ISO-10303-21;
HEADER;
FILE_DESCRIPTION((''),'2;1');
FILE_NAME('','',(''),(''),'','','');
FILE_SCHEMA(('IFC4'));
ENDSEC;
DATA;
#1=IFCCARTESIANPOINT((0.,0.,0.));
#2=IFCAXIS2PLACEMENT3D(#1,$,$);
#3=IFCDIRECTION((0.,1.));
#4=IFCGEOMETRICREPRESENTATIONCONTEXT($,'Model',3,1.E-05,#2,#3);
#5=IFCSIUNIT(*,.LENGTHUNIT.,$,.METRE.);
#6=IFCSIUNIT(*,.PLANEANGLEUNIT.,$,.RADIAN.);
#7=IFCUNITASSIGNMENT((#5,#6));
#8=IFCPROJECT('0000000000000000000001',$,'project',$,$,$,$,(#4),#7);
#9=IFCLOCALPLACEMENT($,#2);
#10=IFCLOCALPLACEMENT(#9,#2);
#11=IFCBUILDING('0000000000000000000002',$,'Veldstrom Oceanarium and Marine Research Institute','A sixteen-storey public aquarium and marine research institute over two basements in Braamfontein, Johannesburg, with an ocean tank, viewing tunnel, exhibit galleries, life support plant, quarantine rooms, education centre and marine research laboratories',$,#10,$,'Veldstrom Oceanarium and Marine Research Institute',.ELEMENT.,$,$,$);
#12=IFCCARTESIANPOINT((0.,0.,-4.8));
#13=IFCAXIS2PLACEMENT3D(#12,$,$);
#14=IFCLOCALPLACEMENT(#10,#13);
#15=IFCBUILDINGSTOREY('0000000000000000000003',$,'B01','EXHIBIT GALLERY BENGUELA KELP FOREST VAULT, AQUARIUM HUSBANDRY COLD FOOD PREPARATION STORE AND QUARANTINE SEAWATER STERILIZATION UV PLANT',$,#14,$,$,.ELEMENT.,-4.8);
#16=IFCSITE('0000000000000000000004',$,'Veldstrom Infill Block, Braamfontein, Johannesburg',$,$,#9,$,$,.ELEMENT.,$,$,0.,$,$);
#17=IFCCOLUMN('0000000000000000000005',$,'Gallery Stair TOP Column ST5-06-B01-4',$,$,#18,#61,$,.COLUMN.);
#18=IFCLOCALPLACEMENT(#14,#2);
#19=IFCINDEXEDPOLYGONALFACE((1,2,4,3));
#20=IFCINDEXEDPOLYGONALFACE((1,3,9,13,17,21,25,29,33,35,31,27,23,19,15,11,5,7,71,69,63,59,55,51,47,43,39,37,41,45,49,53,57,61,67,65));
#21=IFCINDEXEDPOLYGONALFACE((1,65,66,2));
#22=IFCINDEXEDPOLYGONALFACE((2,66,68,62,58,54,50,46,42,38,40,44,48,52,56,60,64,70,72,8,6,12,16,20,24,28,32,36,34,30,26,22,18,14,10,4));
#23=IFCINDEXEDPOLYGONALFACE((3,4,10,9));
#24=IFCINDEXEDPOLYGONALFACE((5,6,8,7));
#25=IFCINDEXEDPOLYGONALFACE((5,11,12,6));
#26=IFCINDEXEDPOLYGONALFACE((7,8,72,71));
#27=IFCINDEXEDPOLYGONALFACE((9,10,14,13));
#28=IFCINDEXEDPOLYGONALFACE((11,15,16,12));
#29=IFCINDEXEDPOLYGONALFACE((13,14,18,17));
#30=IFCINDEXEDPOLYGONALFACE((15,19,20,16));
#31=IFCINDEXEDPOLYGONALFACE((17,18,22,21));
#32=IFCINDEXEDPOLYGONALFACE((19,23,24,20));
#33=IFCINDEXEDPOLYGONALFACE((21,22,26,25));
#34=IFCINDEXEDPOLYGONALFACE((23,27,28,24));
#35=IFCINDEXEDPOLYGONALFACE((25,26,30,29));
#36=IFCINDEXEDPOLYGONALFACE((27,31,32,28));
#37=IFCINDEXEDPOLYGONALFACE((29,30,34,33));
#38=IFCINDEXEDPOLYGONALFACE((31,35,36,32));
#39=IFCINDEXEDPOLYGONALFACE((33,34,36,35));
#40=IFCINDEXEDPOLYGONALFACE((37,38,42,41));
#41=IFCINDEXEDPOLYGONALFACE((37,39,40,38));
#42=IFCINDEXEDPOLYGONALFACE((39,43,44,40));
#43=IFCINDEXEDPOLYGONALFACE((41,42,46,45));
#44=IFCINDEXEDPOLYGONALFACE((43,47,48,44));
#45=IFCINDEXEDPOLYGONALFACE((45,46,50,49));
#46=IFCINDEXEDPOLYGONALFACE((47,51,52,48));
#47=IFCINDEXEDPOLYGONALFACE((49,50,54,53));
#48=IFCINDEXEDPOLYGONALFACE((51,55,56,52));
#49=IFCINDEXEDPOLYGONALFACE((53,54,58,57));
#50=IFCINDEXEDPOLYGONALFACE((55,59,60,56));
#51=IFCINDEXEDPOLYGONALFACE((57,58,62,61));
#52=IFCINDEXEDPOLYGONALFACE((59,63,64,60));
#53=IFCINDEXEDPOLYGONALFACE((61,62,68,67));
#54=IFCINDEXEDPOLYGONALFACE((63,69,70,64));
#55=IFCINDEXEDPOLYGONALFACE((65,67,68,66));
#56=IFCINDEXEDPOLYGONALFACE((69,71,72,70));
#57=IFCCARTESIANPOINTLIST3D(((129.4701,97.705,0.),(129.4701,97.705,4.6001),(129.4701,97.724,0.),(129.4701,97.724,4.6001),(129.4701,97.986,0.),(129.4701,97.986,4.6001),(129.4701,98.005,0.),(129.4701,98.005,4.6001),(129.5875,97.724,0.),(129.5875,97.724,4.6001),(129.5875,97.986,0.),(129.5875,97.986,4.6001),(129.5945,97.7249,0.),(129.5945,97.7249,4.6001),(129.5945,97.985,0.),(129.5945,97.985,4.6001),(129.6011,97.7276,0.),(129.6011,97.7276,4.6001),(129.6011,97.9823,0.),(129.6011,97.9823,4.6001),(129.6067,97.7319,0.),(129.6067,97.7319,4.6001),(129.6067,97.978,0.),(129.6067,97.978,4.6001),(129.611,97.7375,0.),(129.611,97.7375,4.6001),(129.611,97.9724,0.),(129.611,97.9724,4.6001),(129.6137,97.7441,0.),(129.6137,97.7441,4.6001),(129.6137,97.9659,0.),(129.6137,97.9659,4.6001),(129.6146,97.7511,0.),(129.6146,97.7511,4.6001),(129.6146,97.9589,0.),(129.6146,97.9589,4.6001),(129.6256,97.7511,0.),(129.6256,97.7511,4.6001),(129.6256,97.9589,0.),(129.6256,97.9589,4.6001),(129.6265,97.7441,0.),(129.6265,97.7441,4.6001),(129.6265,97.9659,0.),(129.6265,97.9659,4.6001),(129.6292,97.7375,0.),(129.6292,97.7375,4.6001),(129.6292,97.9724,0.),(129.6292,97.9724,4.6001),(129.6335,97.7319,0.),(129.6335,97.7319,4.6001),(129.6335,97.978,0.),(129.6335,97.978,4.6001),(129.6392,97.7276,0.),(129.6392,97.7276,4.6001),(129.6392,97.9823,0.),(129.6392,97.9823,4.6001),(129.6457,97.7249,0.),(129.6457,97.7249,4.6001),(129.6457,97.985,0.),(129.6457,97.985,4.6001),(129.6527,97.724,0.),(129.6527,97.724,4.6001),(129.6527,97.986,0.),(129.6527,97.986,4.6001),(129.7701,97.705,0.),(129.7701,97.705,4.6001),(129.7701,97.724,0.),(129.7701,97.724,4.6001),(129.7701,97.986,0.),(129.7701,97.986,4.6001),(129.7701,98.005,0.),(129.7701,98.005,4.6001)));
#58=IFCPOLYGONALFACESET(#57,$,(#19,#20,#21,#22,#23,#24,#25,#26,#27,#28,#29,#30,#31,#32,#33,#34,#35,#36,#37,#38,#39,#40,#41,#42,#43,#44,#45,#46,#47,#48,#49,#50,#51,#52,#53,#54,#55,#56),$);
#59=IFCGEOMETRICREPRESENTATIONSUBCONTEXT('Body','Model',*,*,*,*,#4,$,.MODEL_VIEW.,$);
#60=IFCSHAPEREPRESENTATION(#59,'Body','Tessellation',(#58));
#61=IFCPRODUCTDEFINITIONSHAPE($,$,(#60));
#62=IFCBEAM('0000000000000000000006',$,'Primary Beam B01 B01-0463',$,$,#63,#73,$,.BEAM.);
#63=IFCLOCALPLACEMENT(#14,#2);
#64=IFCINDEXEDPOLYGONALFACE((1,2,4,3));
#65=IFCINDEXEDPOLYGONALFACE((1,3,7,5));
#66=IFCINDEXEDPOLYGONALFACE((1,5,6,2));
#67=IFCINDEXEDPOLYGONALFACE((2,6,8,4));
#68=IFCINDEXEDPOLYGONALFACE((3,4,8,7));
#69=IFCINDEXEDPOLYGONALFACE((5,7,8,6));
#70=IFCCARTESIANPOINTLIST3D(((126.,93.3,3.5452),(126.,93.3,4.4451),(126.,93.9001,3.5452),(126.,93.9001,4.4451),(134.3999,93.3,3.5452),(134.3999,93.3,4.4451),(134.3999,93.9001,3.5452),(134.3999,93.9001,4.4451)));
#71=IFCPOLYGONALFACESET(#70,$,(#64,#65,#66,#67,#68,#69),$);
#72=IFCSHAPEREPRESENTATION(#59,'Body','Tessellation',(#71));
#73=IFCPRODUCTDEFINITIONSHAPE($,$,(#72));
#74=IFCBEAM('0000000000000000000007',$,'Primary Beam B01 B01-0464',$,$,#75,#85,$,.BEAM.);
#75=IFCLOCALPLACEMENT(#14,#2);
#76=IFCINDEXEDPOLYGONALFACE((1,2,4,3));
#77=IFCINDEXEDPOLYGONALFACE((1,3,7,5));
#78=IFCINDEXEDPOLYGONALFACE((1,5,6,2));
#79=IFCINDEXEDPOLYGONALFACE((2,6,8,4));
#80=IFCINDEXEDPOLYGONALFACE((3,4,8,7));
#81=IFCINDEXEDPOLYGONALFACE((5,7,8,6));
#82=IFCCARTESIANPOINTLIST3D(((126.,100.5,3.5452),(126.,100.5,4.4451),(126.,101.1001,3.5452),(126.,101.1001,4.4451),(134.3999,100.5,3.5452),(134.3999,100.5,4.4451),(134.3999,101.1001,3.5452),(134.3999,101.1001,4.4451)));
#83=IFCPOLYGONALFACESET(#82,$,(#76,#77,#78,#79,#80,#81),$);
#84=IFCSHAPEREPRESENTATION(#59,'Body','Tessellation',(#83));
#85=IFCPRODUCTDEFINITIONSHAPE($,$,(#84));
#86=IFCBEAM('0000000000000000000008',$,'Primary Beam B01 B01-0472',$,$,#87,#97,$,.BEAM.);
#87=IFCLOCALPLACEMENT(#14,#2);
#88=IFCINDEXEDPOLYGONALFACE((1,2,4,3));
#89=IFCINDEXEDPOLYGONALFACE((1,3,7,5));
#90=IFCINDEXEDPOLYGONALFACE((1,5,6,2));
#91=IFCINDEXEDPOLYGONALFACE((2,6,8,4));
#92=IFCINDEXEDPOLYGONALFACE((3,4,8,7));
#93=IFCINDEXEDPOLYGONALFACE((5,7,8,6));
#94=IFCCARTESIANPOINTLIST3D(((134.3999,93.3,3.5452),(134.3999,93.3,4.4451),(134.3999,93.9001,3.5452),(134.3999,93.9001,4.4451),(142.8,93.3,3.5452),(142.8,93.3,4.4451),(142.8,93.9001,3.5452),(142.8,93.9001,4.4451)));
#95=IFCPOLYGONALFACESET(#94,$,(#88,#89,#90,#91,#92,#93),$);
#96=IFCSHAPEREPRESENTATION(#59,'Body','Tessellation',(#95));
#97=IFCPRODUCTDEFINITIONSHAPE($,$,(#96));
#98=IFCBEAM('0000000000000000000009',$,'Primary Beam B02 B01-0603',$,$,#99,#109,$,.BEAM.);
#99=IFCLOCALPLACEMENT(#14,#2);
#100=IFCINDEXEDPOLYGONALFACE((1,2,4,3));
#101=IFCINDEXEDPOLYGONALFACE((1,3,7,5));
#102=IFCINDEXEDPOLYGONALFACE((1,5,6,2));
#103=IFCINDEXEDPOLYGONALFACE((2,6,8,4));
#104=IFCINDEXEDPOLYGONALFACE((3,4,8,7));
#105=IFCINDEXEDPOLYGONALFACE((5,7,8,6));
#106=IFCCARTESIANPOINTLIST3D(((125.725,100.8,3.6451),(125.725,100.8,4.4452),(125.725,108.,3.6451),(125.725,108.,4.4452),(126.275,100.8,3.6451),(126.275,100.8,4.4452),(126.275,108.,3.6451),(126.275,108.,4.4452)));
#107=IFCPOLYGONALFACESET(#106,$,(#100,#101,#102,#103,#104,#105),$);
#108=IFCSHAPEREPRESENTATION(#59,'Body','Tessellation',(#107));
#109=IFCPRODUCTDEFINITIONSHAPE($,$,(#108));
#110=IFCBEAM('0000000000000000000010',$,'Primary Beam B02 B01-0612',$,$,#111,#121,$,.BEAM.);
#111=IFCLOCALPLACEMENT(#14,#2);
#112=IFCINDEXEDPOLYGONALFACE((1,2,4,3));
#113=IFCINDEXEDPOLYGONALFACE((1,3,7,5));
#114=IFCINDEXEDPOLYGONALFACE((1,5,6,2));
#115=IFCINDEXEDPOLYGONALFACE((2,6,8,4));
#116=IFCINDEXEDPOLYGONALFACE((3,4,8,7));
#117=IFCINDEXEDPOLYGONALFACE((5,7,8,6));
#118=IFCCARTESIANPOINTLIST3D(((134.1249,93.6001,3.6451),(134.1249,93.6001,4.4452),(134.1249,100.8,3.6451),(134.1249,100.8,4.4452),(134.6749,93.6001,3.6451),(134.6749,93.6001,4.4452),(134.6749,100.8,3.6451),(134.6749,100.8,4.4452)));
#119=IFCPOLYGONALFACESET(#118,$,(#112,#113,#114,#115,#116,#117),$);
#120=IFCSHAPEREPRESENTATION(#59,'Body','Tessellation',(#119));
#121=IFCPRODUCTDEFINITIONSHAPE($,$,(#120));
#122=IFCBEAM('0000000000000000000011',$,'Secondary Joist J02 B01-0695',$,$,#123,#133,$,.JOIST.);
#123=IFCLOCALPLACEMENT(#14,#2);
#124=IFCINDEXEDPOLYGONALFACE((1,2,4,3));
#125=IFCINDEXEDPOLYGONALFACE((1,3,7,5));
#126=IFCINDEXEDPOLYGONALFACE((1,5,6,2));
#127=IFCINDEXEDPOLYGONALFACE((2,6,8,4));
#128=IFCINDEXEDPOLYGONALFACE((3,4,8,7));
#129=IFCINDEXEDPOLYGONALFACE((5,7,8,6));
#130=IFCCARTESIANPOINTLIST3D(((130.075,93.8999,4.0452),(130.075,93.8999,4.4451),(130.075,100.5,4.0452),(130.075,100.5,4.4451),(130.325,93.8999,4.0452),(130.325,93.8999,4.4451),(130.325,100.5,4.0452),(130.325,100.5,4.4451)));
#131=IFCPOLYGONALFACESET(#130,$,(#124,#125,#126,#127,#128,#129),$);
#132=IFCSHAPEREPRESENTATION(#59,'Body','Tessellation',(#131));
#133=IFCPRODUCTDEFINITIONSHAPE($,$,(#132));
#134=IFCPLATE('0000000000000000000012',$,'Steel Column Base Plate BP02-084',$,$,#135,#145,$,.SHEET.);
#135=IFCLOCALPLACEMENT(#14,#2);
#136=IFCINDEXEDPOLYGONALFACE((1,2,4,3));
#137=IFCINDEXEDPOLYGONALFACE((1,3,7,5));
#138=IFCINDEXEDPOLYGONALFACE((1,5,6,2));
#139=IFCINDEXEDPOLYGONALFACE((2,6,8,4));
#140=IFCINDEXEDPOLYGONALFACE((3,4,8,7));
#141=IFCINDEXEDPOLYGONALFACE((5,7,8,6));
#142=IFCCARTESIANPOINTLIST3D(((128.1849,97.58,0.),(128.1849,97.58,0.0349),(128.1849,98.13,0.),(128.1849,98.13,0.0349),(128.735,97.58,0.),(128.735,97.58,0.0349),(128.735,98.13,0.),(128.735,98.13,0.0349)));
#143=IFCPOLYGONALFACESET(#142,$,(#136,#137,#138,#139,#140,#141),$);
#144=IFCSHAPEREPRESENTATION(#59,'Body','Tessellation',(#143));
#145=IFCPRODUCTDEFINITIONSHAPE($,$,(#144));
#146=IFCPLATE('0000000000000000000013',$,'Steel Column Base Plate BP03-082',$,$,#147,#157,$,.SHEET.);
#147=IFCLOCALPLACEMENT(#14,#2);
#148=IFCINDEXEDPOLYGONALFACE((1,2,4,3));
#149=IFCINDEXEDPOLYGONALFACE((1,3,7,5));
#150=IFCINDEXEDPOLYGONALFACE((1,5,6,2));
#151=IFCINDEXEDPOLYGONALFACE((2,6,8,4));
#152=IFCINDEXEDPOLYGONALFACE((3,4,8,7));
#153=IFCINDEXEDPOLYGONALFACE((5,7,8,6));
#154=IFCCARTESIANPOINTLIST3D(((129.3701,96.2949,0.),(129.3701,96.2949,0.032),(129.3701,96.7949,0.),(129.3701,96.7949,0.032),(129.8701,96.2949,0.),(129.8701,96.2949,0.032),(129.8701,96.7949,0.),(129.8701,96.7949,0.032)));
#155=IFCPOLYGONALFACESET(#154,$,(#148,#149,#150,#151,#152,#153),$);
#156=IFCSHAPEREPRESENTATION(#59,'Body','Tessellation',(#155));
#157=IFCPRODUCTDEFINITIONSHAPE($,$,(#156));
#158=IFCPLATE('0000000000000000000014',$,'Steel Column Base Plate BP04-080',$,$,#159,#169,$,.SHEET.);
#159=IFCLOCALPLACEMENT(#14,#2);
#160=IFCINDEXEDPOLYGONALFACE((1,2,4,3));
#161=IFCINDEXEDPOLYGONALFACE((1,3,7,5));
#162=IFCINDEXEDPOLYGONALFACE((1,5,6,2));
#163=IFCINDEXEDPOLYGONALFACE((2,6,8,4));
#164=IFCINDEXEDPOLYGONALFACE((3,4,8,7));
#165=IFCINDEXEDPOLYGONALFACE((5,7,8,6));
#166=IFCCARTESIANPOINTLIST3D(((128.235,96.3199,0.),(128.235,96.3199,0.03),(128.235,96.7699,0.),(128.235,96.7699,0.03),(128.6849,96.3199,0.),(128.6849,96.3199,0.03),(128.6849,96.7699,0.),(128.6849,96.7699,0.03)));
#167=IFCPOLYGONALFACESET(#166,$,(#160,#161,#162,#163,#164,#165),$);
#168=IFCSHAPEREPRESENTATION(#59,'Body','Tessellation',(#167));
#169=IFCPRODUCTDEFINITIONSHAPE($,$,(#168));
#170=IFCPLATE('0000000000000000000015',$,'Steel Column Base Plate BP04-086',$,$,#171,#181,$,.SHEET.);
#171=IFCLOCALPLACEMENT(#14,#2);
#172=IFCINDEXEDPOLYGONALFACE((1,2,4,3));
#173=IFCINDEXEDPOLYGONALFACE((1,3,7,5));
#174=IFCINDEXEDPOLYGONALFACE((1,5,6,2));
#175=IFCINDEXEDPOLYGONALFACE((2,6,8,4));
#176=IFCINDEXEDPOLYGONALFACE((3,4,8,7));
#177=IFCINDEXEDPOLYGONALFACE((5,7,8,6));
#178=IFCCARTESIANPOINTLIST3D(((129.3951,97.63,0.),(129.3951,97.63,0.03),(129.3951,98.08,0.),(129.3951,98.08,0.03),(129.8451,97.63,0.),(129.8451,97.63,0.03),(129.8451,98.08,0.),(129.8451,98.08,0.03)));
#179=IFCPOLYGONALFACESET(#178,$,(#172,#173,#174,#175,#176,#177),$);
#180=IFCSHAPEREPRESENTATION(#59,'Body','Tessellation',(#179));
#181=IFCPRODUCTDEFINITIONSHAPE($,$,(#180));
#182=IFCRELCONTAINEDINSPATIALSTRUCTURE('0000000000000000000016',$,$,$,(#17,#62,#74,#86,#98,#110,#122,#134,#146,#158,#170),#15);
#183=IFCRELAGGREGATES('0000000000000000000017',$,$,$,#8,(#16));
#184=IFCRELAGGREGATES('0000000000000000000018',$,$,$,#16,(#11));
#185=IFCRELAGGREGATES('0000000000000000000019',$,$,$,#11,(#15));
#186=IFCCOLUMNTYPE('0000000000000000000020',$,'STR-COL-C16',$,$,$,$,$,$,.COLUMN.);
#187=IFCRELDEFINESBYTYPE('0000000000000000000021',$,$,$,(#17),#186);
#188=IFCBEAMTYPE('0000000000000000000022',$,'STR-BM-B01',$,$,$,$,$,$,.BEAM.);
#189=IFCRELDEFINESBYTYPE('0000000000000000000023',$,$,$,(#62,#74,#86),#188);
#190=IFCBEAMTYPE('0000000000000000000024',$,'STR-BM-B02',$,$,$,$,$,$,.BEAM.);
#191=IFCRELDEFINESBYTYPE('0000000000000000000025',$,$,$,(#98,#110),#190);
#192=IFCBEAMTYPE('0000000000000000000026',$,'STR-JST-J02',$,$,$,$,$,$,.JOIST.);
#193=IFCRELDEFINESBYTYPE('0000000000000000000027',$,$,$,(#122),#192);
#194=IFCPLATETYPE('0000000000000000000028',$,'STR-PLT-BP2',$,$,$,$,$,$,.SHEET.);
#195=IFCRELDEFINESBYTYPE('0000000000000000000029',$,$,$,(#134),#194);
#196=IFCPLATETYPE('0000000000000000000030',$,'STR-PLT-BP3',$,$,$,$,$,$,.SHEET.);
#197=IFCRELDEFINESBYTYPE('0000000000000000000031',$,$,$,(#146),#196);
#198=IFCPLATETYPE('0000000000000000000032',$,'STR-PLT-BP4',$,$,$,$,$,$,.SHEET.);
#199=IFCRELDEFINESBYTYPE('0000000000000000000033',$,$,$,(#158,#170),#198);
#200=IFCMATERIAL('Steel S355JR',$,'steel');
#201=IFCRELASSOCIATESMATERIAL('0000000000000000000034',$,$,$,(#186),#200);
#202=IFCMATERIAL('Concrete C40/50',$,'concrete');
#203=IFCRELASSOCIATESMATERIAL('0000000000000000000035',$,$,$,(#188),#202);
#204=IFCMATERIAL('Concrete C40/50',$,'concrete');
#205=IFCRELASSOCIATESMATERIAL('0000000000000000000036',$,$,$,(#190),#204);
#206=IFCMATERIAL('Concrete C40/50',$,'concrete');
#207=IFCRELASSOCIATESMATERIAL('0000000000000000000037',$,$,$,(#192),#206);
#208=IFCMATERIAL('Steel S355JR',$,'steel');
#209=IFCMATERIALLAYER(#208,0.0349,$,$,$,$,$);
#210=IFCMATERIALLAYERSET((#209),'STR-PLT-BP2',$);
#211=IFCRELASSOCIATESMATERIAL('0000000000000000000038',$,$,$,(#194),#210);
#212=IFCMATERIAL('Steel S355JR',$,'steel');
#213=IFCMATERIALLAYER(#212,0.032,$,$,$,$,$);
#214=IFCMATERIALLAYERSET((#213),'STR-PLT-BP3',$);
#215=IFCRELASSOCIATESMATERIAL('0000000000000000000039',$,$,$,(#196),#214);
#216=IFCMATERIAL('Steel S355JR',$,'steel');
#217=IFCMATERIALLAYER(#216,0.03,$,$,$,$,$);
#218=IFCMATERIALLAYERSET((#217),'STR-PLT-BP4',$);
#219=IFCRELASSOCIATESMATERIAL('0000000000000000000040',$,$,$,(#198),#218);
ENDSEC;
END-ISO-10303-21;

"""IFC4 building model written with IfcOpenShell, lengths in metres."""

from ifc_helpers import new_model, si_unit, direction, frame, origin, origin_2d, place, context, subcontext, project, spatial, rectangle, i_section, extrude, material, layer, layer_set, material_profile, profile_set, type_object, element, save


model = new_model("IFC4")

# Units and contexts
model_context = context("Model", 3, precision=1e-05, world=origin(), true_north=direction((0.0, 1.0)))
body_context = subcontext(model_context, "Body", "Model", "MODEL_VIEW")
ifc_project = project(units=[si_unit("LENGTHUNIT", "METRE"), si_unit("PLANEANGLEUNIT", "RADIAN")], contexts=[model_context])

# Site, building, storey
site_placement = place(None, origin())
site = spatial("IfcSite", under=ifc_project, at=site_placement, Name="Veldstrom Infill Block, Braamfontein, Johannesburg", CompositionType="ELEMENT", RefElevation=0.0)
building_placement = place(site_placement, origin())
building = spatial("IfcBuilding", under=site, at=building_placement, Name="Veldstrom Oceanarium and Marine Research Institute", Description="A sixteen-storey public aquarium and marine research institute over two basements in Braamfontein, Johannesburg, with an ocean tank, viewing tunnel, exhibit galleries, life support plant, quarantine rooms, education centre and marine research laboratories", LongName="Veldstrom Oceanarium and Marine Research Institute", CompositionType="ELEMENT")
storey_placement = place(building_placement, frame((0.0, 0.0, -4.8)))
storey = spatial("IfcBuildingStorey", under=building, at=storey_placement, Name="B01", Description="EXHIBIT GALLERY BENGUELA KELP FOREST VAULT, AQUARIUM HUSBANDRY COLD FOOD PREPARATION STORE AND QUARANTINE SEAWATER STERILIZATION UV PLANT", CompositionType="ELEMENT", Elevation=-4.8)

# Column
ifc_material_1 = material(Name="Steel S355JR", Category="steel")
ifc_material_profile_1 = material_profile(ifc_material_1, i_section(OverallWidth=0.3, OverallDepth=0.3, WebThickness=0.011, FlangeThickness=0.019, FilletRadius=0.0271, at=origin_2d()), Name="HEB 300")
ifc_profile_set_1 = profile_set([ifc_material_profile_1], Name="Steel S355JR")
column_type_1 = type_object("IfcColumnType", Name="STR-COL-C16", PredefinedType="COLUMN", material=ifc_profile_set_1)
for number, where, z_axis, x_axis, name in (
    (1, (129.6201, 97.855, 0.0), (0.0, 0.0, 1.0), (1.0, 0.0, 0.0), "Gallery Stair TOP Column ST5-06-B01-4"),
):
    element("IfcColumn", number, at=place(storey_placement, frame(where, z_axis=z_axis, x_axis=x_axis)), inside=storey, type_object=column_type_1, Name=name, PredefinedType="COLUMN", context=body_context, shape_type="SweptSolid", body=[
        extrude(i_section(OverallWidth=0.3, OverallDepth=0.3, WebThickness=0.011, FlangeThickness=0.019, FilletRadius=0.0271, at=origin_2d()), origin(), (0.0, 0.0, 1.0), 4.6001),
    ])

# Beams
ifc_material_2 = material(Name="Concrete C40/50", Category="concrete")
ifc_material_profile_2 = material_profile(ifc_material_2, rectangle(XDim=0.6001, YDim=0.8999, at=origin_2d()), Name="RC-BM-600x900")
ifc_profile_set_2 = profile_set([ifc_material_profile_2], Name="Concrete C40/50")
beam_type_1 = type_object("IfcBeamType", Name="STR-BM-B01", PredefinedType="BEAM", material=ifc_profile_set_2)
for number, where, z_axis, x_axis, name in (
    (2, (126.0, 93.6001, 3.9951), (1.0, 0.0, 0.0), (0.0, 1.0, 0.0), "Primary Beam B01 B01-0463"),
    (3, (126.0, 100.8, 3.9951), (1.0, 0.0, 0.0), (0.0, 1.0, 0.0), "Primary Beam B01 B01-0464"),
):
    element("IfcBeam", number, at=place(storey_placement, frame(where, z_axis=z_axis, x_axis=x_axis)), inside=storey, type_object=beam_type_1, Name=name, PredefinedType="BEAM", context=body_context, shape_type="SweptSolid", body=[
        extrude(rectangle(XDim=0.6001, YDim=0.8999, at=origin_2d()), origin(), (0.0, 0.0, 1.0), 8.3999),
    ])
beam_1_placement = place(storey_placement, frame((134.3999, 93.6001, 3.9951), z_axis=(1.0, 0.0, 0.0), x_axis=(0.0, 1.0, 0.0)))
element("IfcBeam", 4, at=beam_1_placement, inside=storey, type_object=beam_type_1, Name="Primary Beam B01 B01-0472", PredefinedType="BEAM", context=body_context, shape_type="SweptSolid", body=[
    extrude(rectangle(XDim=0.6001, YDim=0.8999, at=origin_2d()), origin(), (0.0, 0.0, 1.0), 8.4001),
])
ifc_material_3 = material(Name="Concrete C40/50", Category="concrete")
ifc_material_profile_3 = material_profile(ifc_material_3, rectangle(XDim=0.55, YDim=0.8, at=origin_2d()), Name="RC-BM-550x800")
ifc_profile_set_3 = profile_set([ifc_material_profile_3], Name="Concrete C40/50")
beam_type_2 = type_object("IfcBeamType", Name="STR-BM-B02", PredefinedType="BEAM", material=ifc_profile_set_3)
for number, where, z_axis, x_axis, name in (
    (5, (126.0, 100.8, 4.0452), (0.0, 1.0, 0.0), (-1.0, 0.0, 0.0), "Primary Beam B02 B01-0603"),
    (6, (134.3999, 93.6001, 4.0452), (0.0, 1.0, 0.0), (-1.0, 0.0, 0.0), "Primary Beam B02 B01-0612"),
):
    element("IfcBeam", number, at=place(storey_placement, frame(where, z_axis=z_axis, x_axis=x_axis)), inside=storey, type_object=beam_type_2, Name=name, PredefinedType="BEAM", context=body_context, shape_type="SweptSolid", body=[
        extrude(rectangle(XDim=0.55, YDim=0.8, at=origin_2d()), origin(), (0.0, 0.0, 1.0), 7.2),
    ])
ifc_material_4 = material(Name="Concrete C40/50", Category="concrete")
ifc_material_profile_4 = material_profile(ifc_material_4, rectangle(XDim=0.25, YDim=0.3999, at=origin_2d()), Name="RC-JST-250x400")
ifc_profile_set_4 = profile_set([ifc_material_profile_4], Name="Concrete C40/50")
beam_type_3 = type_object("IfcBeamType", Name="STR-JST-J02", PredefinedType="JOIST", material=ifc_profile_set_4)
beam_2_placement = place(storey_placement, frame((130.2, 93.8999, 4.2451), z_axis=(0.0, 1.0, 0.0), x_axis=(-1.0, 0.0, 0.0)))
element("IfcBeam", 7, at=beam_2_placement, inside=storey, type_object=beam_type_3, Name="Secondary Joist J02 B01-0695", PredefinedType="JOIST", context=body_context, shape_type="SweptSolid", body=[
    extrude(rectangle(XDim=0.25, YDim=0.3999, at=origin_2d()), origin(), (0.0, 0.0, 1.0), 6.6001),
])

# Plates
ifc_material_5 = material(Name="Steel S355JR", Category="steel")
ifc_layer_1 = layer(ifc_material_5, 0.0349)
ifc_layer_set_1 = layer_set([ifc_layer_1], Name="STR-PLT-BP2")
plate_type_1 = type_object("IfcPlateType", Name="STR-PLT-BP2", PredefinedType="SHEET", material=ifc_layer_set_1)
plate_1_placement = place(storey_placement, frame((128.46, 97.855, 0.0), z_axis=(0.0, 0.0, 1.0), x_axis=(1.0, 0.0, 0.0)))
element("IfcPlate", 8, at=plate_1_placement, inside=storey, type_object=plate_type_1, Name="Steel Column Base Plate BP02-084", PredefinedType="SHEET", context=body_context, shape_type="SweptSolid", body=[
    extrude(rectangle(XDim=0.55, YDim=0.55, at=origin_2d()), origin(), (0.0, 0.0, 1.0), 0.0349),
])
ifc_material_6 = material(Name="Steel S355JR", Category="steel")
ifc_layer_2 = layer(ifc_material_6, 0.032)
ifc_layer_set_2 = layer_set([ifc_layer_2], Name="STR-PLT-BP3")
plate_type_2 = type_object("IfcPlateType", Name="STR-PLT-BP3", PredefinedType="SHEET", material=ifc_layer_set_2)
plate_2_placement = place(storey_placement, frame((129.6201, 96.5449, 0.0), z_axis=(0.0, 0.0, 1.0), x_axis=(1.0, 0.0, 0.0)))
element("IfcPlate", 9, at=plate_2_placement, inside=storey, type_object=plate_type_2, Name="Steel Column Base Plate BP03-082", PredefinedType="SHEET", context=body_context, shape_type="SweptSolid", body=[
    extrude(rectangle(XDim=0.5, YDim=0.5, at=origin_2d()), origin(), (0.0, 0.0, 1.0), 0.032),
])
ifc_material_7 = material(Name="Steel S355JR", Category="steel")
ifc_layer_3 = layer(ifc_material_7, 0.03)
ifc_layer_set_3 = layer_set([ifc_layer_3], Name="STR-PLT-BP4")
plate_type_3 = type_object("IfcPlateType", Name="STR-PLT-BP4", PredefinedType="SHEET", material=ifc_layer_set_3)
for number, where, z_axis, x_axis, name in (
    (10, (128.46, 96.5449, 0.0), (0.0, 0.0, 1.0), (1.0, 0.0, 0.0), "Steel Column Base Plate BP04-080"),
    (11, (129.6201, 97.855, 0.0), (0.0, 0.0, 1.0), (1.0, 0.0, 0.0), "Steel Column Base Plate BP04-086"),
):
    element("IfcPlate", number, at=place(storey_placement, frame(where, z_axis=z_axis, x_axis=x_axis)), inside=storey, type_object=plate_type_3, Name=name, PredefinedType="SHEET", context=body_context, shape_type="SweptSolid", body=[
        extrude(rectangle(XDim=0.45, YDim=0.45, at=origin_2d()), origin(), (0.0, 0.0, 1.0), 0.03),
    ])

save(model, "model.ifc")
